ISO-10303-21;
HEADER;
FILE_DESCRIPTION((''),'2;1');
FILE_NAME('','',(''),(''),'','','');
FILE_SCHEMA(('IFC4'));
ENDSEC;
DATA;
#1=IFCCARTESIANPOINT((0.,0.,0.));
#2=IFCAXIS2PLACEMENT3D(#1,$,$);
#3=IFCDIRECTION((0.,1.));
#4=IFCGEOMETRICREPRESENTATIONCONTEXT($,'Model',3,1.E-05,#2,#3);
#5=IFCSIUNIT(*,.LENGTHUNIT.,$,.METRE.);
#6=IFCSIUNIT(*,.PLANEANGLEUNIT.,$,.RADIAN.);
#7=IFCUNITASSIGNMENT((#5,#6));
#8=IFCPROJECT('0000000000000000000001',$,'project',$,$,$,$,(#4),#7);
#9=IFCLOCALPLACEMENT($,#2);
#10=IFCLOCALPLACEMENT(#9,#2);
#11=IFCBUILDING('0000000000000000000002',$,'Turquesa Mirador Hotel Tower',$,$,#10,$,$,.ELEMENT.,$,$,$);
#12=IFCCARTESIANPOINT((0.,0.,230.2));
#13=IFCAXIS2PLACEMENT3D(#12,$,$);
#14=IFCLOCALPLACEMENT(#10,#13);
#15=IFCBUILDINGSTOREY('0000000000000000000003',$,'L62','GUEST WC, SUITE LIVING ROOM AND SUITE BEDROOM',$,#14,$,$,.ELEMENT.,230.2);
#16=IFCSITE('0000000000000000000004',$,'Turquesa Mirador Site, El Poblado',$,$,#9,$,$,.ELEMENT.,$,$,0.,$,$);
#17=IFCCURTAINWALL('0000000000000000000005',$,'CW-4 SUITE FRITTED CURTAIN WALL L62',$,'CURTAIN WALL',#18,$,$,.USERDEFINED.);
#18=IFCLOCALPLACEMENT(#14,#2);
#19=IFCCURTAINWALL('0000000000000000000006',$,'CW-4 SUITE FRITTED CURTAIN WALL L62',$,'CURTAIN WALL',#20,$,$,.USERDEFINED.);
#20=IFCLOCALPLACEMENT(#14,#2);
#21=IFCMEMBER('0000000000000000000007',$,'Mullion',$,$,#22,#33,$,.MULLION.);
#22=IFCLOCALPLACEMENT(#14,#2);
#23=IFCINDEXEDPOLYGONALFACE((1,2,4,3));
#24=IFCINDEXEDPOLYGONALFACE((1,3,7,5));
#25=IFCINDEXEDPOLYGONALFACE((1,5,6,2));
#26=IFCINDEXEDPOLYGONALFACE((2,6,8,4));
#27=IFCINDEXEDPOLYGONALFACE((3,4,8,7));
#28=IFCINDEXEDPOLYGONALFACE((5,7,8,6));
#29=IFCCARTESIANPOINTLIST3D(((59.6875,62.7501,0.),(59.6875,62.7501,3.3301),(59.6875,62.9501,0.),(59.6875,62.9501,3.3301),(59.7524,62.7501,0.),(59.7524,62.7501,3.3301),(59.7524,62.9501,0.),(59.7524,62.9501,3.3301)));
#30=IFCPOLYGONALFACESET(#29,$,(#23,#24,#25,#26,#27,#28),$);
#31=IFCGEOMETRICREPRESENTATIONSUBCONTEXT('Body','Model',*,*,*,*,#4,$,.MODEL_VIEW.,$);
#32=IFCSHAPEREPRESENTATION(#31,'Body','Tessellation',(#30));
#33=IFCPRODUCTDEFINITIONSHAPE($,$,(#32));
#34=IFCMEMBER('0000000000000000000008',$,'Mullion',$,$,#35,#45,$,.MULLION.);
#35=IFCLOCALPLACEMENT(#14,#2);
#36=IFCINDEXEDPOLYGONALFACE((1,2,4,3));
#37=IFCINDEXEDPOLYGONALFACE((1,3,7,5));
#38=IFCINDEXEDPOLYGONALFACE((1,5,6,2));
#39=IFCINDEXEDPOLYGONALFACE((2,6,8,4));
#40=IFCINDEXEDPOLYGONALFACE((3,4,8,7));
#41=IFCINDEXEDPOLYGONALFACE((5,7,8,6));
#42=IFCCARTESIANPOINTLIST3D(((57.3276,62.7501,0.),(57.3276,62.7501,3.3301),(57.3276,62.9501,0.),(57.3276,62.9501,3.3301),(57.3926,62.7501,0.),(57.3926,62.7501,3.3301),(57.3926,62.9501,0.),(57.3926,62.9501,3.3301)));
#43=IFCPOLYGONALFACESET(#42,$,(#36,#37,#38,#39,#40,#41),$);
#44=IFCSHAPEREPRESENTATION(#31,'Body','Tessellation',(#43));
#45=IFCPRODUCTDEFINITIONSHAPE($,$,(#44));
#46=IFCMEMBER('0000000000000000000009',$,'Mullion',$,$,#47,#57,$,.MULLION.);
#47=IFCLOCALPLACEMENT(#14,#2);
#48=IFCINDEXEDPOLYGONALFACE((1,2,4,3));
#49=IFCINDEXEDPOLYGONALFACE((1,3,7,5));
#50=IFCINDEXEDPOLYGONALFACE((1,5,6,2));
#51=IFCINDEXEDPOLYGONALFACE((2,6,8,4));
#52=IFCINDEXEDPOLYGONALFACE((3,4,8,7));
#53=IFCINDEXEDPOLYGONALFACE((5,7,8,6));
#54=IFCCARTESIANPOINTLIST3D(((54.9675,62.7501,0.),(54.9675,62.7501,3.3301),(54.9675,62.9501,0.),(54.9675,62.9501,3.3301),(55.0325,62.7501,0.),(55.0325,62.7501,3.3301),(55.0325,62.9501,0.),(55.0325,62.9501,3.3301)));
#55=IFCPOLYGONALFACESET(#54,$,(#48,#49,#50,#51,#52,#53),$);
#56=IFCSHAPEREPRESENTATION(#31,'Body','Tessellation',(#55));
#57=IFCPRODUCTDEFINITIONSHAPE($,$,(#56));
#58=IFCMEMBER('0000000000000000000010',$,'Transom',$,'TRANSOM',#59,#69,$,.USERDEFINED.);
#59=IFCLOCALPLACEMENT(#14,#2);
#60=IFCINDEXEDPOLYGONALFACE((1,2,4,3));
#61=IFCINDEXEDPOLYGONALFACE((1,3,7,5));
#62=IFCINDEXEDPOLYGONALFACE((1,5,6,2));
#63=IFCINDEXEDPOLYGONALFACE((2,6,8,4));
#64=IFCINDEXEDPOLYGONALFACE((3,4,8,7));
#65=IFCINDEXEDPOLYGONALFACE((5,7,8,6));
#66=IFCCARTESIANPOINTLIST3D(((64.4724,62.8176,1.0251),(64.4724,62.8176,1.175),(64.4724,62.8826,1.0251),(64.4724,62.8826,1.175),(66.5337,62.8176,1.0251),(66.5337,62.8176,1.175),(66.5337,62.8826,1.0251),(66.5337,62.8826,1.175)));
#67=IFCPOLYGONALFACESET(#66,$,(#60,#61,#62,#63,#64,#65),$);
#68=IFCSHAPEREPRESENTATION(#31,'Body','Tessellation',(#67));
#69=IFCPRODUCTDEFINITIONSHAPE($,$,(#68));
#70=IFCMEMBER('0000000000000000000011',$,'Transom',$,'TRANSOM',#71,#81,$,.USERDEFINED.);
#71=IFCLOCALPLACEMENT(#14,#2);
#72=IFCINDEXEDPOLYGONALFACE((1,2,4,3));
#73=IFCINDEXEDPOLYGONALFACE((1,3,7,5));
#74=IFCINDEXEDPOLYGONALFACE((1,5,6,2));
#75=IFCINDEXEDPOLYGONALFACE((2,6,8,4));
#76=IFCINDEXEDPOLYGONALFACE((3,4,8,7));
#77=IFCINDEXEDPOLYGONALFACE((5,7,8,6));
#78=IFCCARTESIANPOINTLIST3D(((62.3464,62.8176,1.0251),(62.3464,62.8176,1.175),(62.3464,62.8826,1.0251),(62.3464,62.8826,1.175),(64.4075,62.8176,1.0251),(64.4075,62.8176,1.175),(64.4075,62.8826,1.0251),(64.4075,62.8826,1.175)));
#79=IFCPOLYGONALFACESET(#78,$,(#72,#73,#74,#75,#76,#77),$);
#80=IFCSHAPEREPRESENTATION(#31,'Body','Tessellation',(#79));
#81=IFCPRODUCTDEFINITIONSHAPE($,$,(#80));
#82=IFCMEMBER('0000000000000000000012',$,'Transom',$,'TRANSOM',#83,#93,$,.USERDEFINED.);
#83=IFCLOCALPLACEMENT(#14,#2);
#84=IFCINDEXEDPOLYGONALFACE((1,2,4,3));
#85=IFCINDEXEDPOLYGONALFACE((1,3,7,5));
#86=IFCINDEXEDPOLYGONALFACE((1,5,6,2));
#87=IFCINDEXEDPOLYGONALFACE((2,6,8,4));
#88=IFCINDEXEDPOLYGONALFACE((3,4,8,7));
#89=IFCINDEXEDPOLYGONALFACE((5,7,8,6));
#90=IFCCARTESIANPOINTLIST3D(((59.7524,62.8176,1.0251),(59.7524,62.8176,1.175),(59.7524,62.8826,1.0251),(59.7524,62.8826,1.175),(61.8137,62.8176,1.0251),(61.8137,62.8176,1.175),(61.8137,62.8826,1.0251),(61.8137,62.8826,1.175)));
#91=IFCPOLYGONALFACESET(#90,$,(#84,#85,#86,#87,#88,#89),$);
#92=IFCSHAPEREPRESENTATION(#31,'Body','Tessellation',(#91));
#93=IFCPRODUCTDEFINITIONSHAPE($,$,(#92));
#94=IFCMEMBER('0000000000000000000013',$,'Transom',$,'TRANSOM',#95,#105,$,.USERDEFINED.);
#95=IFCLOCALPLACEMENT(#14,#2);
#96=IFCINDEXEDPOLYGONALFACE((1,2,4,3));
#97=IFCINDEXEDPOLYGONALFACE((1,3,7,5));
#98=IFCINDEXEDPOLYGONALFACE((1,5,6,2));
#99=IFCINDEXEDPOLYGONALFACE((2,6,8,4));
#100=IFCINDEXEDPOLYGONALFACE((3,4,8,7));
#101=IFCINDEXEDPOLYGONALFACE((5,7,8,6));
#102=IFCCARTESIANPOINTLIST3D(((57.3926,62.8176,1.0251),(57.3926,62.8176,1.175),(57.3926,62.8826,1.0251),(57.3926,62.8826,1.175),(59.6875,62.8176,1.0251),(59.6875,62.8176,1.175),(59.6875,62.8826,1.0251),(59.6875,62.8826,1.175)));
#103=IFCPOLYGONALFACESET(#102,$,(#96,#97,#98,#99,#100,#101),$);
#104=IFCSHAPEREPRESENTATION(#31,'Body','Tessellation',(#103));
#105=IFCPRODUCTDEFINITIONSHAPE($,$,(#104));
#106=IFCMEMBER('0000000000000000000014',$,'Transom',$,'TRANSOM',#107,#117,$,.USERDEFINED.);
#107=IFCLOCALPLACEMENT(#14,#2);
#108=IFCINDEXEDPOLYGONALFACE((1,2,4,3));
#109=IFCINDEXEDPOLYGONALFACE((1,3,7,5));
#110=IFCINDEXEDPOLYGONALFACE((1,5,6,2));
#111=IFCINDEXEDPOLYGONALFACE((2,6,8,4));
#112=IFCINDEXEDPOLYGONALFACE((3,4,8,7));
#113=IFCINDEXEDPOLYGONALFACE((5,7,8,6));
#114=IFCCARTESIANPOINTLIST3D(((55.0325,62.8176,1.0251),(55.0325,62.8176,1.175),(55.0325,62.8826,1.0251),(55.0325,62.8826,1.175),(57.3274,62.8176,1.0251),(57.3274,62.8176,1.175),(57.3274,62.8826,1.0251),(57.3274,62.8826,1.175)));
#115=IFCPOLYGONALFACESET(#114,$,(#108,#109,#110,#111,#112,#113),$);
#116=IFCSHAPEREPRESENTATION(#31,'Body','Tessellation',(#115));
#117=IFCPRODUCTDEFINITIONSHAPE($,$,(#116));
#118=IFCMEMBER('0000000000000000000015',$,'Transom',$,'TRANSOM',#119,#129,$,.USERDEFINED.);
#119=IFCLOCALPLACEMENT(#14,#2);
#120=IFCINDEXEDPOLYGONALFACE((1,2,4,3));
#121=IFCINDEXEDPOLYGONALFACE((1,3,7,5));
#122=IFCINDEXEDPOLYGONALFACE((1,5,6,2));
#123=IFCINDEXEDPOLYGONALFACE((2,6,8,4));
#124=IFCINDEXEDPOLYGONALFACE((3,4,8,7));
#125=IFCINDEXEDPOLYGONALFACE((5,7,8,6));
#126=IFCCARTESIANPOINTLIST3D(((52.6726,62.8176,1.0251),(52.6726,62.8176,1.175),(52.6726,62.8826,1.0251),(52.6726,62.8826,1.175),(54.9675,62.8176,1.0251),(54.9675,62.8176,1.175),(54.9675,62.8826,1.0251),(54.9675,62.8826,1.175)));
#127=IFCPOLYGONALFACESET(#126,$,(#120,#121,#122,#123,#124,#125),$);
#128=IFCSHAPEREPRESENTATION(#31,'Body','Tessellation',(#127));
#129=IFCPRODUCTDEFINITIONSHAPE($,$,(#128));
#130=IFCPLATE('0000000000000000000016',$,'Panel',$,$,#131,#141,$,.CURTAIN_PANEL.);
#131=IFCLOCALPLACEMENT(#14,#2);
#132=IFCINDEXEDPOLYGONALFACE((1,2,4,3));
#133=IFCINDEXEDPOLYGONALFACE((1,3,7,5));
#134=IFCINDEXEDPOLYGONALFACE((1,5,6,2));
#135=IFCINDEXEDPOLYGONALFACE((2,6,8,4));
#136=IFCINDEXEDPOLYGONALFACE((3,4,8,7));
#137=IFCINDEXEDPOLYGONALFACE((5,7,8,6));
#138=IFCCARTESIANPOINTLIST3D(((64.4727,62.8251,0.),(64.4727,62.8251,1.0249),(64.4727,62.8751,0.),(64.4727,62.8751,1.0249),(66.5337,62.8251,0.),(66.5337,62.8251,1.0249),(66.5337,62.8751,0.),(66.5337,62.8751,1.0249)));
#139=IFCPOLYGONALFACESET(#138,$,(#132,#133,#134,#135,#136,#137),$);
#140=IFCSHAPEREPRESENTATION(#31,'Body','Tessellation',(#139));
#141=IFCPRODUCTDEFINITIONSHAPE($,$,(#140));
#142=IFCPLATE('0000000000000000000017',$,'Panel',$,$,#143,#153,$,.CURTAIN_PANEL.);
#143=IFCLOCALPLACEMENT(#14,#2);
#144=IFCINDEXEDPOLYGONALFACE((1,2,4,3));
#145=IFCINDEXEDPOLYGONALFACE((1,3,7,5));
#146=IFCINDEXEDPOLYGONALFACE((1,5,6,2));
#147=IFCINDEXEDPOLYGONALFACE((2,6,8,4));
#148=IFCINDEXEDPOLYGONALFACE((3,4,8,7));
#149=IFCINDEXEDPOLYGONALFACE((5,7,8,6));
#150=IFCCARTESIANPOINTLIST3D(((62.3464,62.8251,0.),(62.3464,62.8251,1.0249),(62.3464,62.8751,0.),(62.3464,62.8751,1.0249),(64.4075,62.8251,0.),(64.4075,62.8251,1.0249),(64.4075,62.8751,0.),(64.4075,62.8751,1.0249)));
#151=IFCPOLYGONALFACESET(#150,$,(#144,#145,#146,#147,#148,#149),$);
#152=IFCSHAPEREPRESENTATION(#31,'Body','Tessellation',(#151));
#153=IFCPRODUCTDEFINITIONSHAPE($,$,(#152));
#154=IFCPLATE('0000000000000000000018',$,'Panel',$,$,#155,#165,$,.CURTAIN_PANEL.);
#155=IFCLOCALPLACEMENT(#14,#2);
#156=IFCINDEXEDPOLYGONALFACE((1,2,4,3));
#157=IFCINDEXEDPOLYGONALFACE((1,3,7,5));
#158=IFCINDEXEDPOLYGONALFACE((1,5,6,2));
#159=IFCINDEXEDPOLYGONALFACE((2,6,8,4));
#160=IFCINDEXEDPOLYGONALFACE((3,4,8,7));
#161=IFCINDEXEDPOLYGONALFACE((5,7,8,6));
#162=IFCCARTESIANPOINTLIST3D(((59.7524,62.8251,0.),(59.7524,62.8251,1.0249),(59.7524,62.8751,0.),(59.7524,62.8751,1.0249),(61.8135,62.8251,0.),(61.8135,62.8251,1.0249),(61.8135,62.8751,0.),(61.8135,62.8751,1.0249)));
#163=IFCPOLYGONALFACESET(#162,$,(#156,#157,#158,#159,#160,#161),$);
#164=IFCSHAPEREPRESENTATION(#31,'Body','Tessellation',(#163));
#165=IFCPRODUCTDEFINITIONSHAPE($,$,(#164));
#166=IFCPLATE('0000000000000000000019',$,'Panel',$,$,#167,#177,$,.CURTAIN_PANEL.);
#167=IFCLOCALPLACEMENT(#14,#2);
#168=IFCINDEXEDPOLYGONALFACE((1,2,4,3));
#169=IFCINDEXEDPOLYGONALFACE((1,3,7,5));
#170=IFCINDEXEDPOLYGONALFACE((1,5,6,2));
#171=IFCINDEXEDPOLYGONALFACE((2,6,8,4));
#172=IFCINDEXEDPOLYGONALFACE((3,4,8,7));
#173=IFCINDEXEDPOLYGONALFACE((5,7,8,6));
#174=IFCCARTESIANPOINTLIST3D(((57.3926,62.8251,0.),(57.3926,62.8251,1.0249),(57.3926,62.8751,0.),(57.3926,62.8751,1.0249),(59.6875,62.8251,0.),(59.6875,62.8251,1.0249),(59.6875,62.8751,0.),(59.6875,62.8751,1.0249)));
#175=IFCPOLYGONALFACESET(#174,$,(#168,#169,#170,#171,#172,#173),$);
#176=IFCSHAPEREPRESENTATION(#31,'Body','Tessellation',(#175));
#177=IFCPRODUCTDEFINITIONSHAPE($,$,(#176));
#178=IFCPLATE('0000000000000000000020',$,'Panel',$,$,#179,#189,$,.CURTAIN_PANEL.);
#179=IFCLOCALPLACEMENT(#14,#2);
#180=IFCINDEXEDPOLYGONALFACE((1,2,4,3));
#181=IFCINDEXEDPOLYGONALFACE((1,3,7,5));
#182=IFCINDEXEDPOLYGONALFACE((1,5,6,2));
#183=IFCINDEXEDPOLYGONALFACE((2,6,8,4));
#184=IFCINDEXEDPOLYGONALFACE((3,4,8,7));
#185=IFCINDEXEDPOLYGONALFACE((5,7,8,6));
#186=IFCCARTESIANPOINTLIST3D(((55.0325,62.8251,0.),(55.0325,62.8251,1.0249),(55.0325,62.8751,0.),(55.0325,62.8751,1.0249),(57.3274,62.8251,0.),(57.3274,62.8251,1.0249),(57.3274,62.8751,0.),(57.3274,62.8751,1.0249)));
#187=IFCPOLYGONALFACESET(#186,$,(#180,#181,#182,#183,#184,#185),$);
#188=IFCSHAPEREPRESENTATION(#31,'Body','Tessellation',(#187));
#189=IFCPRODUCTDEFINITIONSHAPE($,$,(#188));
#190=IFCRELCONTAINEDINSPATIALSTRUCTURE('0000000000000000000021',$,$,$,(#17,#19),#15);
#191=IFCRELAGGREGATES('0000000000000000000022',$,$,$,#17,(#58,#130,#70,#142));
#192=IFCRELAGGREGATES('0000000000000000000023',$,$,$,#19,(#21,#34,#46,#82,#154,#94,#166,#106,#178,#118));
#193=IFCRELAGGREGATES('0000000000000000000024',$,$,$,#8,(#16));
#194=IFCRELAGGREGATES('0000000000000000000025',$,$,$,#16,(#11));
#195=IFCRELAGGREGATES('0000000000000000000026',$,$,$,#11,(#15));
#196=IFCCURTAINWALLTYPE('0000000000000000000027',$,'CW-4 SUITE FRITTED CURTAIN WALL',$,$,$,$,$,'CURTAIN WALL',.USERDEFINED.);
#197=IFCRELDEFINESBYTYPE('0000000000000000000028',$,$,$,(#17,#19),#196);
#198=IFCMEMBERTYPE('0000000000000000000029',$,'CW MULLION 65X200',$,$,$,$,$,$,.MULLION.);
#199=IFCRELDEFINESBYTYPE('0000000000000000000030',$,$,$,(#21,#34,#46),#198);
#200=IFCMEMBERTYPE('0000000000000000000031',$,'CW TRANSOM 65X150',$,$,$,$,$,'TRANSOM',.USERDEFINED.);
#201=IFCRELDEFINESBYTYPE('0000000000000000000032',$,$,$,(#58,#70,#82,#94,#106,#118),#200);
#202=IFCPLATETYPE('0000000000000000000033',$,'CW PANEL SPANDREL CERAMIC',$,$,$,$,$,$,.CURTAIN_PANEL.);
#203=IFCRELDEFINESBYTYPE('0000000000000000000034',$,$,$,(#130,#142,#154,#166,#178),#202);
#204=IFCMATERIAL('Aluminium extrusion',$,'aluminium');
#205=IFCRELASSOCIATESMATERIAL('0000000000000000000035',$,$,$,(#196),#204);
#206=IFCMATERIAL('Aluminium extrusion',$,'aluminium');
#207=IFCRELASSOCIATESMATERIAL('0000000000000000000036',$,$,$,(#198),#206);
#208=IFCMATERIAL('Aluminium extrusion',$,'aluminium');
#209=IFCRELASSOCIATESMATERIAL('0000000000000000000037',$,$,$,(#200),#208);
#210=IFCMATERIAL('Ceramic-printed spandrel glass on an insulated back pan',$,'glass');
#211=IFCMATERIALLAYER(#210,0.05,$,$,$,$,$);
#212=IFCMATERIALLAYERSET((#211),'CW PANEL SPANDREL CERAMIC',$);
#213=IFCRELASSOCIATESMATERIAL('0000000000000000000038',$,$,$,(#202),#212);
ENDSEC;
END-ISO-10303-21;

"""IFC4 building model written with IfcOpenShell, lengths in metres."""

from ifc_helpers import new_model, si_unit, direction, frame, origin, origin_2d, place, context, subcontext, project, spatial, rectangle, extrude, material, layer, layer_set, material_profile, profile_set, type_object, element, aggregate, save


model = new_model("IFC4")

# Units and contexts
model_context = context("Model", 3, precision=1e-05, world=origin(), true_north=direction((0.0, 1.0)))
body_context = subcontext(model_context, "Body", "Model", "MODEL_VIEW")
ifc_project = project(units=[si_unit("LENGTHUNIT", "METRE"), si_unit("PLANEANGLEUNIT", "RADIAN")], contexts=[model_context])

# Site, building, storey
site_placement = place(None, origin())
site = spatial("IfcSite", under=ifc_project, at=site_placement, Name="Turquesa Mirador Site, El Poblado", CompositionType="ELEMENT", RefElevation=0.0)
building_placement = place(site_placement, origin())
building = spatial("IfcBuilding", under=site, at=building_placement, Name="Turquesa Mirador Hotel Tower", CompositionType="ELEMENT")
storey_placement = place(building_placement, frame((0.0, 0.0, 230.2)))
storey = spatial("IfcBuildingStorey", under=building, at=storey_placement, Name="L62", Description="GUEST WC, SUITE LIVING ROOM AND SUITE BEDROOM", CompositionType="ELEMENT", Elevation=230.2)

# Curtain walls, members
ifc_material_1 = material(Name="Aluminium extrusion", Category="aluminium")
curtain_wall_type = type_object("IfcCurtainWallType", Name="CW-4 SUITE FRITTED CURTAIN WALL", ElementType="CURTAIN WALL", PredefinedType="USERDEFINED", material=ifc_material_1)
curtain_wall_1_placement = place(storey_placement, origin())
curtain_wall_1 = element("IfcCurtainWall", 1, at=curtain_wall_1_placement, inside=storey, type_object=curtain_wall_type, Name="CW-4 SUITE FRITTED CURTAIN WALL L62", ObjectType="CURTAIN WALL", PredefinedType="USERDEFINED")
ifc_material_2 = material(Name="Aluminium extrusion", Category="aluminium")
ifc_material_profile_1 = material_profile(ifc_material_2, rectangle(XDim=0.0649, YDim=0.2, at=origin_2d()), Name="MULLION 65X200")
ifc_profile_set_1 = profile_set([ifc_material_profile_1], Name="Aluminium extrusion")
member_type_1 = type_object("IfcMemberType", Name="CW MULLION 65X200", PredefinedType="MULLION", material=ifc_profile_set_1)
curtain_wall_2_placement = place(storey_placement, origin())
curtain_wall_2 = element("IfcCurtainWall", 2, at=curtain_wall_2_placement, inside=storey, type_object=curtain_wall_type, Name="CW-4 SUITE FRITTED CURTAIN WALL L62", ObjectType="CURTAIN WALL", PredefinedType="USERDEFINED")
member_1_placement = place(storey_placement, frame((59.72, 62.8501, 0.0), z_axis=(0.0, 0.0, 1.0), x_axis=(-1.0, 0.0, 0.0)))
member_1 = element("IfcMember", 3, at=member_1_placement, type_object=member_type_1, Name="Mullion", PredefinedType="MULLION", context=body_context, shape_type="SweptSolid", body=[
    extrude(rectangle(XDim=0.0649, YDim=0.2, at=origin_2d()), origin(), (0.0, 0.0, 1.0), 3.3301),
])
member_2_placement = place(storey_placement, frame((57.3601, 62.8501, 0.0), z_axis=(0.0, 0.0, 1.0), x_axis=(-1.0, 0.0, 0.0)))
member_2 = element("IfcMember", 4, at=member_2_placement, type_object=member_type_1, Name="Mullion", PredefinedType="MULLION", context=body_context, shape_type="SweptSolid", body=[
    extrude(rectangle(XDim=0.0649, YDim=0.2, at=origin_2d()), origin(), (0.0, 0.0, 1.0), 3.3301),
])
member_3_placement = place(storey_placement, frame((55.0, 62.8501, 0.0), z_axis=(0.0, 0.0, 1.0), x_axis=(-1.0, 0.0, 0.0)))
member_3 = element("IfcMember", 5, at=member_3_placement, type_object=member_type_1, Name="Mullion", PredefinedType="MULLION", context=body_context, shape_type="SweptSolid", body=[
    extrude(rectangle(XDim=0.0649, YDim=0.2, at=origin_2d()), origin(), (0.0, 0.0, 1.0), 3.3301),
])

# Members
ifc_material_3 = material(Name="Aluminium extrusion", Category="aluminium")
ifc_material_profile_2 = material_profile(ifc_material_3, rectangle(XDim=0.0649, YDim=0.1499, at=origin_2d()), Name="TRANSOM 65X150")
ifc_profile_set_2 = profile_set([ifc_material_profile_2], Name="Aluminium extrusion")
member_type_2 = type_object("IfcMemberType", Name="CW TRANSOM 65X150", ElementType="TRANSOM", PredefinedType="USERDEFINED", material=ifc_profile_set_2)
member_4_placement = place(storey_placement, frame((66.5337, 62.8501, 1.1001), z_axis=(-1.0, 0.0, 0.0), x_axis=(0.0, -1.0, 0.0)))
member_4 = element("IfcMember", 6, at=member_4_placement, type_object=member_type_2, Name="Transom", ObjectType="TRANSOM", PredefinedType="USERDEFINED", context=body_context, shape_type="SweptSolid", body=[
    extrude(rectangle(XDim=0.0649, YDim=0.1499, at=origin_2d()), origin(), (0.0, 0.0, 1.0), 2.0613),
])
member_5_placement = place(storey_placement, frame((64.4075, 62.8501, 1.1001), z_axis=(-1.0, 0.0, 0.0), x_axis=(0.0, -1.0, 0.0)))
member_5 = element("IfcMember", 7, at=member_5_placement, type_object=member_type_2, Name="Transom", ObjectType="TRANSOM", PredefinedType="USERDEFINED", context=body_context, shape_type="SweptSolid", body=[
    extrude(rectangle(XDim=0.0649, YDim=0.1499, at=origin_2d()), origin(), (0.0, 0.0, 1.0), 2.061),
])
member_6_placement = place(storey_placement, frame((61.8137, 62.8501, 1.1001), z_axis=(-1.0, 0.0, 0.0), x_axis=(0.0, -1.0, 0.0)))
member_6 = element("IfcMember", 8, at=member_6_placement, type_object=member_type_2, Name="Transom", ObjectType="TRANSOM", PredefinedType="USERDEFINED", context=body_context, shape_type="SweptSolid", body=[
    extrude(rectangle(XDim=0.0649, YDim=0.1499, at=origin_2d()), origin(), (0.0, 0.0, 1.0), 2.0613),
])
member_7_placement = place(storey_placement, frame((59.6875, 62.8501, 1.1001), z_axis=(-1.0, 0.0, 0.0), x_axis=(0.0, -1.0, 0.0)))
member_7 = element("IfcMember", 9, at=member_7_placement, type_object=member_type_2, Name="Transom", ObjectType="TRANSOM", PredefinedType="USERDEFINED", context=body_context, shape_type="SweptSolid", body=[
    extrude(rectangle(XDim=0.0649, YDim=0.1499, at=origin_2d()), origin(), (0.0, 0.0, 1.0), 2.2949),
])
member_8_placement = place(storey_placement, frame((57.3274, 62.8501, 1.1001), z_axis=(-1.0, 0.0, 0.0), x_axis=(0.0, -1.0, 0.0)))
member_8 = element("IfcMember", 10, at=member_8_placement, type_object=member_type_2, Name="Transom", ObjectType="TRANSOM", PredefinedType="USERDEFINED", context=body_context, shape_type="SweptSolid", body=[
    extrude(rectangle(XDim=0.0649, YDim=0.1499, at=origin_2d()), origin(), (0.0, 0.0, 1.0), 2.2949),
])
member_9_placement = place(storey_placement, frame((54.9675, 62.8501, 1.1001), z_axis=(-1.0, 0.0, 0.0), x_axis=(0.0, -1.0, 0.0)))
member_9 = element("IfcMember", 11, at=member_9_placement, type_object=member_type_2, Name="Transom", ObjectType="TRANSOM", PredefinedType="USERDEFINED", context=body_context, shape_type="SweptSolid", body=[
    extrude(rectangle(XDim=0.0649, YDim=0.1499, at=origin_2d()), origin(), (0.0, 0.0, 1.0), 2.2949),
])

# Plates
ifc_material_4 = material(Name="Ceramic-printed spandrel glass on an insulated back pan", Category="glass")
ifc_layer_1 = layer(ifc_material_4, 0.05)
ifc_layer_set_1 = layer_set([ifc_layer_1], Name="CW PANEL SPANDREL CERAMIC")
plate_type_1 = type_object("IfcPlateType", Name="CW PANEL SPANDREL CERAMIC", PredefinedType="CURTAIN_PANEL", material=ifc_layer_set_1)
plate_1_placement = place(storey_placement, frame((65.5032, 62.8501, 0.0), z_axis=(0.0, 0.0, 1.0), x_axis=(-1.0, 0.0, 0.0)))
plate_1 = element("IfcPlate", 12, at=plate_1_placement, type_object=plate_type_1, Name="Panel", PredefinedType="CURTAIN_PANEL", context=body_context, shape_type="SweptSolid", body=[
    extrude(rectangle(XDim=2.061, YDim=0.05, at=origin_2d()), origin(), (0.0, 0.0, 1.0), 1.0249),
])
plate_2_placement = place(storey_placement, frame((63.377, 62.8501, 0.0), z_axis=(0.0, 0.0, 1.0), x_axis=(-1.0, 0.0, 0.0)))
plate_2 = element("IfcPlate", 13, at=plate_2_placement, type_object=plate_type_1, Name="Panel", PredefinedType="CURTAIN_PANEL", context=body_context, shape_type="SweptSolid", body=[
    extrude(rectangle(XDim=2.061, YDim=0.05, at=origin_2d()), origin(), (0.0, 0.0, 1.0), 1.0249),
])
plate_3_placement = place(storey_placement, frame((60.783, 62.8501, 0.0), z_axis=(0.0, 0.0, 1.0), x_axis=(-1.0, 0.0, 0.0)))
plate_3 = element("IfcPlate", 14, at=plate_3_placement, type_object=plate_type_1, Name="Panel", PredefinedType="CURTAIN_PANEL", context=body_context, shape_type="SweptSolid", body=[
    extrude(rectangle(XDim=2.061, YDim=0.05, at=origin_2d()), origin(), (0.0, 0.0, 1.0), 1.0249),
])
plate_4_placement = place(storey_placement, frame((58.54, 62.8501, 0.0), z_axis=(0.0, 0.0, 1.0), x_axis=(-1.0, 0.0, 0.0)))
plate_4 = element("IfcPlate", 15, at=plate_4_placement, type_object=plate_type_1, Name="Panel", PredefinedType="CURTAIN_PANEL", context=body_context, shape_type="SweptSolid", body=[
    extrude(rectangle(XDim=2.2949, YDim=0.05, at=origin_2d()), origin(), (0.0, 0.0, 1.0), 1.0249),
])
plate_5_placement = place(storey_placement, frame((56.1799, 62.8501, 0.0), z_axis=(0.0, 0.0, 1.0), x_axis=(-1.0, 0.0, 0.0)))
plate_5 = element("IfcPlate", 16, at=plate_5_placement, type_object=plate_type_1, Name="Panel", PredefinedType="CURTAIN_PANEL", context=body_context, shape_type="SweptSolid", body=[
    extrude(rectangle(XDim=2.2949, YDim=0.05, at=origin_2d()), origin(), (0.0, 0.0, 1.0), 1.0249),
])
aggregate(curtain_wall_1, [member_4, plate_1, member_5, plate_2])
aggregate(curtain_wall_2, [member_1, member_2, member_3, member_6, plate_3, member_7, plate_4, member_8, plate_5, member_9])

save(model, "model.ifc")
